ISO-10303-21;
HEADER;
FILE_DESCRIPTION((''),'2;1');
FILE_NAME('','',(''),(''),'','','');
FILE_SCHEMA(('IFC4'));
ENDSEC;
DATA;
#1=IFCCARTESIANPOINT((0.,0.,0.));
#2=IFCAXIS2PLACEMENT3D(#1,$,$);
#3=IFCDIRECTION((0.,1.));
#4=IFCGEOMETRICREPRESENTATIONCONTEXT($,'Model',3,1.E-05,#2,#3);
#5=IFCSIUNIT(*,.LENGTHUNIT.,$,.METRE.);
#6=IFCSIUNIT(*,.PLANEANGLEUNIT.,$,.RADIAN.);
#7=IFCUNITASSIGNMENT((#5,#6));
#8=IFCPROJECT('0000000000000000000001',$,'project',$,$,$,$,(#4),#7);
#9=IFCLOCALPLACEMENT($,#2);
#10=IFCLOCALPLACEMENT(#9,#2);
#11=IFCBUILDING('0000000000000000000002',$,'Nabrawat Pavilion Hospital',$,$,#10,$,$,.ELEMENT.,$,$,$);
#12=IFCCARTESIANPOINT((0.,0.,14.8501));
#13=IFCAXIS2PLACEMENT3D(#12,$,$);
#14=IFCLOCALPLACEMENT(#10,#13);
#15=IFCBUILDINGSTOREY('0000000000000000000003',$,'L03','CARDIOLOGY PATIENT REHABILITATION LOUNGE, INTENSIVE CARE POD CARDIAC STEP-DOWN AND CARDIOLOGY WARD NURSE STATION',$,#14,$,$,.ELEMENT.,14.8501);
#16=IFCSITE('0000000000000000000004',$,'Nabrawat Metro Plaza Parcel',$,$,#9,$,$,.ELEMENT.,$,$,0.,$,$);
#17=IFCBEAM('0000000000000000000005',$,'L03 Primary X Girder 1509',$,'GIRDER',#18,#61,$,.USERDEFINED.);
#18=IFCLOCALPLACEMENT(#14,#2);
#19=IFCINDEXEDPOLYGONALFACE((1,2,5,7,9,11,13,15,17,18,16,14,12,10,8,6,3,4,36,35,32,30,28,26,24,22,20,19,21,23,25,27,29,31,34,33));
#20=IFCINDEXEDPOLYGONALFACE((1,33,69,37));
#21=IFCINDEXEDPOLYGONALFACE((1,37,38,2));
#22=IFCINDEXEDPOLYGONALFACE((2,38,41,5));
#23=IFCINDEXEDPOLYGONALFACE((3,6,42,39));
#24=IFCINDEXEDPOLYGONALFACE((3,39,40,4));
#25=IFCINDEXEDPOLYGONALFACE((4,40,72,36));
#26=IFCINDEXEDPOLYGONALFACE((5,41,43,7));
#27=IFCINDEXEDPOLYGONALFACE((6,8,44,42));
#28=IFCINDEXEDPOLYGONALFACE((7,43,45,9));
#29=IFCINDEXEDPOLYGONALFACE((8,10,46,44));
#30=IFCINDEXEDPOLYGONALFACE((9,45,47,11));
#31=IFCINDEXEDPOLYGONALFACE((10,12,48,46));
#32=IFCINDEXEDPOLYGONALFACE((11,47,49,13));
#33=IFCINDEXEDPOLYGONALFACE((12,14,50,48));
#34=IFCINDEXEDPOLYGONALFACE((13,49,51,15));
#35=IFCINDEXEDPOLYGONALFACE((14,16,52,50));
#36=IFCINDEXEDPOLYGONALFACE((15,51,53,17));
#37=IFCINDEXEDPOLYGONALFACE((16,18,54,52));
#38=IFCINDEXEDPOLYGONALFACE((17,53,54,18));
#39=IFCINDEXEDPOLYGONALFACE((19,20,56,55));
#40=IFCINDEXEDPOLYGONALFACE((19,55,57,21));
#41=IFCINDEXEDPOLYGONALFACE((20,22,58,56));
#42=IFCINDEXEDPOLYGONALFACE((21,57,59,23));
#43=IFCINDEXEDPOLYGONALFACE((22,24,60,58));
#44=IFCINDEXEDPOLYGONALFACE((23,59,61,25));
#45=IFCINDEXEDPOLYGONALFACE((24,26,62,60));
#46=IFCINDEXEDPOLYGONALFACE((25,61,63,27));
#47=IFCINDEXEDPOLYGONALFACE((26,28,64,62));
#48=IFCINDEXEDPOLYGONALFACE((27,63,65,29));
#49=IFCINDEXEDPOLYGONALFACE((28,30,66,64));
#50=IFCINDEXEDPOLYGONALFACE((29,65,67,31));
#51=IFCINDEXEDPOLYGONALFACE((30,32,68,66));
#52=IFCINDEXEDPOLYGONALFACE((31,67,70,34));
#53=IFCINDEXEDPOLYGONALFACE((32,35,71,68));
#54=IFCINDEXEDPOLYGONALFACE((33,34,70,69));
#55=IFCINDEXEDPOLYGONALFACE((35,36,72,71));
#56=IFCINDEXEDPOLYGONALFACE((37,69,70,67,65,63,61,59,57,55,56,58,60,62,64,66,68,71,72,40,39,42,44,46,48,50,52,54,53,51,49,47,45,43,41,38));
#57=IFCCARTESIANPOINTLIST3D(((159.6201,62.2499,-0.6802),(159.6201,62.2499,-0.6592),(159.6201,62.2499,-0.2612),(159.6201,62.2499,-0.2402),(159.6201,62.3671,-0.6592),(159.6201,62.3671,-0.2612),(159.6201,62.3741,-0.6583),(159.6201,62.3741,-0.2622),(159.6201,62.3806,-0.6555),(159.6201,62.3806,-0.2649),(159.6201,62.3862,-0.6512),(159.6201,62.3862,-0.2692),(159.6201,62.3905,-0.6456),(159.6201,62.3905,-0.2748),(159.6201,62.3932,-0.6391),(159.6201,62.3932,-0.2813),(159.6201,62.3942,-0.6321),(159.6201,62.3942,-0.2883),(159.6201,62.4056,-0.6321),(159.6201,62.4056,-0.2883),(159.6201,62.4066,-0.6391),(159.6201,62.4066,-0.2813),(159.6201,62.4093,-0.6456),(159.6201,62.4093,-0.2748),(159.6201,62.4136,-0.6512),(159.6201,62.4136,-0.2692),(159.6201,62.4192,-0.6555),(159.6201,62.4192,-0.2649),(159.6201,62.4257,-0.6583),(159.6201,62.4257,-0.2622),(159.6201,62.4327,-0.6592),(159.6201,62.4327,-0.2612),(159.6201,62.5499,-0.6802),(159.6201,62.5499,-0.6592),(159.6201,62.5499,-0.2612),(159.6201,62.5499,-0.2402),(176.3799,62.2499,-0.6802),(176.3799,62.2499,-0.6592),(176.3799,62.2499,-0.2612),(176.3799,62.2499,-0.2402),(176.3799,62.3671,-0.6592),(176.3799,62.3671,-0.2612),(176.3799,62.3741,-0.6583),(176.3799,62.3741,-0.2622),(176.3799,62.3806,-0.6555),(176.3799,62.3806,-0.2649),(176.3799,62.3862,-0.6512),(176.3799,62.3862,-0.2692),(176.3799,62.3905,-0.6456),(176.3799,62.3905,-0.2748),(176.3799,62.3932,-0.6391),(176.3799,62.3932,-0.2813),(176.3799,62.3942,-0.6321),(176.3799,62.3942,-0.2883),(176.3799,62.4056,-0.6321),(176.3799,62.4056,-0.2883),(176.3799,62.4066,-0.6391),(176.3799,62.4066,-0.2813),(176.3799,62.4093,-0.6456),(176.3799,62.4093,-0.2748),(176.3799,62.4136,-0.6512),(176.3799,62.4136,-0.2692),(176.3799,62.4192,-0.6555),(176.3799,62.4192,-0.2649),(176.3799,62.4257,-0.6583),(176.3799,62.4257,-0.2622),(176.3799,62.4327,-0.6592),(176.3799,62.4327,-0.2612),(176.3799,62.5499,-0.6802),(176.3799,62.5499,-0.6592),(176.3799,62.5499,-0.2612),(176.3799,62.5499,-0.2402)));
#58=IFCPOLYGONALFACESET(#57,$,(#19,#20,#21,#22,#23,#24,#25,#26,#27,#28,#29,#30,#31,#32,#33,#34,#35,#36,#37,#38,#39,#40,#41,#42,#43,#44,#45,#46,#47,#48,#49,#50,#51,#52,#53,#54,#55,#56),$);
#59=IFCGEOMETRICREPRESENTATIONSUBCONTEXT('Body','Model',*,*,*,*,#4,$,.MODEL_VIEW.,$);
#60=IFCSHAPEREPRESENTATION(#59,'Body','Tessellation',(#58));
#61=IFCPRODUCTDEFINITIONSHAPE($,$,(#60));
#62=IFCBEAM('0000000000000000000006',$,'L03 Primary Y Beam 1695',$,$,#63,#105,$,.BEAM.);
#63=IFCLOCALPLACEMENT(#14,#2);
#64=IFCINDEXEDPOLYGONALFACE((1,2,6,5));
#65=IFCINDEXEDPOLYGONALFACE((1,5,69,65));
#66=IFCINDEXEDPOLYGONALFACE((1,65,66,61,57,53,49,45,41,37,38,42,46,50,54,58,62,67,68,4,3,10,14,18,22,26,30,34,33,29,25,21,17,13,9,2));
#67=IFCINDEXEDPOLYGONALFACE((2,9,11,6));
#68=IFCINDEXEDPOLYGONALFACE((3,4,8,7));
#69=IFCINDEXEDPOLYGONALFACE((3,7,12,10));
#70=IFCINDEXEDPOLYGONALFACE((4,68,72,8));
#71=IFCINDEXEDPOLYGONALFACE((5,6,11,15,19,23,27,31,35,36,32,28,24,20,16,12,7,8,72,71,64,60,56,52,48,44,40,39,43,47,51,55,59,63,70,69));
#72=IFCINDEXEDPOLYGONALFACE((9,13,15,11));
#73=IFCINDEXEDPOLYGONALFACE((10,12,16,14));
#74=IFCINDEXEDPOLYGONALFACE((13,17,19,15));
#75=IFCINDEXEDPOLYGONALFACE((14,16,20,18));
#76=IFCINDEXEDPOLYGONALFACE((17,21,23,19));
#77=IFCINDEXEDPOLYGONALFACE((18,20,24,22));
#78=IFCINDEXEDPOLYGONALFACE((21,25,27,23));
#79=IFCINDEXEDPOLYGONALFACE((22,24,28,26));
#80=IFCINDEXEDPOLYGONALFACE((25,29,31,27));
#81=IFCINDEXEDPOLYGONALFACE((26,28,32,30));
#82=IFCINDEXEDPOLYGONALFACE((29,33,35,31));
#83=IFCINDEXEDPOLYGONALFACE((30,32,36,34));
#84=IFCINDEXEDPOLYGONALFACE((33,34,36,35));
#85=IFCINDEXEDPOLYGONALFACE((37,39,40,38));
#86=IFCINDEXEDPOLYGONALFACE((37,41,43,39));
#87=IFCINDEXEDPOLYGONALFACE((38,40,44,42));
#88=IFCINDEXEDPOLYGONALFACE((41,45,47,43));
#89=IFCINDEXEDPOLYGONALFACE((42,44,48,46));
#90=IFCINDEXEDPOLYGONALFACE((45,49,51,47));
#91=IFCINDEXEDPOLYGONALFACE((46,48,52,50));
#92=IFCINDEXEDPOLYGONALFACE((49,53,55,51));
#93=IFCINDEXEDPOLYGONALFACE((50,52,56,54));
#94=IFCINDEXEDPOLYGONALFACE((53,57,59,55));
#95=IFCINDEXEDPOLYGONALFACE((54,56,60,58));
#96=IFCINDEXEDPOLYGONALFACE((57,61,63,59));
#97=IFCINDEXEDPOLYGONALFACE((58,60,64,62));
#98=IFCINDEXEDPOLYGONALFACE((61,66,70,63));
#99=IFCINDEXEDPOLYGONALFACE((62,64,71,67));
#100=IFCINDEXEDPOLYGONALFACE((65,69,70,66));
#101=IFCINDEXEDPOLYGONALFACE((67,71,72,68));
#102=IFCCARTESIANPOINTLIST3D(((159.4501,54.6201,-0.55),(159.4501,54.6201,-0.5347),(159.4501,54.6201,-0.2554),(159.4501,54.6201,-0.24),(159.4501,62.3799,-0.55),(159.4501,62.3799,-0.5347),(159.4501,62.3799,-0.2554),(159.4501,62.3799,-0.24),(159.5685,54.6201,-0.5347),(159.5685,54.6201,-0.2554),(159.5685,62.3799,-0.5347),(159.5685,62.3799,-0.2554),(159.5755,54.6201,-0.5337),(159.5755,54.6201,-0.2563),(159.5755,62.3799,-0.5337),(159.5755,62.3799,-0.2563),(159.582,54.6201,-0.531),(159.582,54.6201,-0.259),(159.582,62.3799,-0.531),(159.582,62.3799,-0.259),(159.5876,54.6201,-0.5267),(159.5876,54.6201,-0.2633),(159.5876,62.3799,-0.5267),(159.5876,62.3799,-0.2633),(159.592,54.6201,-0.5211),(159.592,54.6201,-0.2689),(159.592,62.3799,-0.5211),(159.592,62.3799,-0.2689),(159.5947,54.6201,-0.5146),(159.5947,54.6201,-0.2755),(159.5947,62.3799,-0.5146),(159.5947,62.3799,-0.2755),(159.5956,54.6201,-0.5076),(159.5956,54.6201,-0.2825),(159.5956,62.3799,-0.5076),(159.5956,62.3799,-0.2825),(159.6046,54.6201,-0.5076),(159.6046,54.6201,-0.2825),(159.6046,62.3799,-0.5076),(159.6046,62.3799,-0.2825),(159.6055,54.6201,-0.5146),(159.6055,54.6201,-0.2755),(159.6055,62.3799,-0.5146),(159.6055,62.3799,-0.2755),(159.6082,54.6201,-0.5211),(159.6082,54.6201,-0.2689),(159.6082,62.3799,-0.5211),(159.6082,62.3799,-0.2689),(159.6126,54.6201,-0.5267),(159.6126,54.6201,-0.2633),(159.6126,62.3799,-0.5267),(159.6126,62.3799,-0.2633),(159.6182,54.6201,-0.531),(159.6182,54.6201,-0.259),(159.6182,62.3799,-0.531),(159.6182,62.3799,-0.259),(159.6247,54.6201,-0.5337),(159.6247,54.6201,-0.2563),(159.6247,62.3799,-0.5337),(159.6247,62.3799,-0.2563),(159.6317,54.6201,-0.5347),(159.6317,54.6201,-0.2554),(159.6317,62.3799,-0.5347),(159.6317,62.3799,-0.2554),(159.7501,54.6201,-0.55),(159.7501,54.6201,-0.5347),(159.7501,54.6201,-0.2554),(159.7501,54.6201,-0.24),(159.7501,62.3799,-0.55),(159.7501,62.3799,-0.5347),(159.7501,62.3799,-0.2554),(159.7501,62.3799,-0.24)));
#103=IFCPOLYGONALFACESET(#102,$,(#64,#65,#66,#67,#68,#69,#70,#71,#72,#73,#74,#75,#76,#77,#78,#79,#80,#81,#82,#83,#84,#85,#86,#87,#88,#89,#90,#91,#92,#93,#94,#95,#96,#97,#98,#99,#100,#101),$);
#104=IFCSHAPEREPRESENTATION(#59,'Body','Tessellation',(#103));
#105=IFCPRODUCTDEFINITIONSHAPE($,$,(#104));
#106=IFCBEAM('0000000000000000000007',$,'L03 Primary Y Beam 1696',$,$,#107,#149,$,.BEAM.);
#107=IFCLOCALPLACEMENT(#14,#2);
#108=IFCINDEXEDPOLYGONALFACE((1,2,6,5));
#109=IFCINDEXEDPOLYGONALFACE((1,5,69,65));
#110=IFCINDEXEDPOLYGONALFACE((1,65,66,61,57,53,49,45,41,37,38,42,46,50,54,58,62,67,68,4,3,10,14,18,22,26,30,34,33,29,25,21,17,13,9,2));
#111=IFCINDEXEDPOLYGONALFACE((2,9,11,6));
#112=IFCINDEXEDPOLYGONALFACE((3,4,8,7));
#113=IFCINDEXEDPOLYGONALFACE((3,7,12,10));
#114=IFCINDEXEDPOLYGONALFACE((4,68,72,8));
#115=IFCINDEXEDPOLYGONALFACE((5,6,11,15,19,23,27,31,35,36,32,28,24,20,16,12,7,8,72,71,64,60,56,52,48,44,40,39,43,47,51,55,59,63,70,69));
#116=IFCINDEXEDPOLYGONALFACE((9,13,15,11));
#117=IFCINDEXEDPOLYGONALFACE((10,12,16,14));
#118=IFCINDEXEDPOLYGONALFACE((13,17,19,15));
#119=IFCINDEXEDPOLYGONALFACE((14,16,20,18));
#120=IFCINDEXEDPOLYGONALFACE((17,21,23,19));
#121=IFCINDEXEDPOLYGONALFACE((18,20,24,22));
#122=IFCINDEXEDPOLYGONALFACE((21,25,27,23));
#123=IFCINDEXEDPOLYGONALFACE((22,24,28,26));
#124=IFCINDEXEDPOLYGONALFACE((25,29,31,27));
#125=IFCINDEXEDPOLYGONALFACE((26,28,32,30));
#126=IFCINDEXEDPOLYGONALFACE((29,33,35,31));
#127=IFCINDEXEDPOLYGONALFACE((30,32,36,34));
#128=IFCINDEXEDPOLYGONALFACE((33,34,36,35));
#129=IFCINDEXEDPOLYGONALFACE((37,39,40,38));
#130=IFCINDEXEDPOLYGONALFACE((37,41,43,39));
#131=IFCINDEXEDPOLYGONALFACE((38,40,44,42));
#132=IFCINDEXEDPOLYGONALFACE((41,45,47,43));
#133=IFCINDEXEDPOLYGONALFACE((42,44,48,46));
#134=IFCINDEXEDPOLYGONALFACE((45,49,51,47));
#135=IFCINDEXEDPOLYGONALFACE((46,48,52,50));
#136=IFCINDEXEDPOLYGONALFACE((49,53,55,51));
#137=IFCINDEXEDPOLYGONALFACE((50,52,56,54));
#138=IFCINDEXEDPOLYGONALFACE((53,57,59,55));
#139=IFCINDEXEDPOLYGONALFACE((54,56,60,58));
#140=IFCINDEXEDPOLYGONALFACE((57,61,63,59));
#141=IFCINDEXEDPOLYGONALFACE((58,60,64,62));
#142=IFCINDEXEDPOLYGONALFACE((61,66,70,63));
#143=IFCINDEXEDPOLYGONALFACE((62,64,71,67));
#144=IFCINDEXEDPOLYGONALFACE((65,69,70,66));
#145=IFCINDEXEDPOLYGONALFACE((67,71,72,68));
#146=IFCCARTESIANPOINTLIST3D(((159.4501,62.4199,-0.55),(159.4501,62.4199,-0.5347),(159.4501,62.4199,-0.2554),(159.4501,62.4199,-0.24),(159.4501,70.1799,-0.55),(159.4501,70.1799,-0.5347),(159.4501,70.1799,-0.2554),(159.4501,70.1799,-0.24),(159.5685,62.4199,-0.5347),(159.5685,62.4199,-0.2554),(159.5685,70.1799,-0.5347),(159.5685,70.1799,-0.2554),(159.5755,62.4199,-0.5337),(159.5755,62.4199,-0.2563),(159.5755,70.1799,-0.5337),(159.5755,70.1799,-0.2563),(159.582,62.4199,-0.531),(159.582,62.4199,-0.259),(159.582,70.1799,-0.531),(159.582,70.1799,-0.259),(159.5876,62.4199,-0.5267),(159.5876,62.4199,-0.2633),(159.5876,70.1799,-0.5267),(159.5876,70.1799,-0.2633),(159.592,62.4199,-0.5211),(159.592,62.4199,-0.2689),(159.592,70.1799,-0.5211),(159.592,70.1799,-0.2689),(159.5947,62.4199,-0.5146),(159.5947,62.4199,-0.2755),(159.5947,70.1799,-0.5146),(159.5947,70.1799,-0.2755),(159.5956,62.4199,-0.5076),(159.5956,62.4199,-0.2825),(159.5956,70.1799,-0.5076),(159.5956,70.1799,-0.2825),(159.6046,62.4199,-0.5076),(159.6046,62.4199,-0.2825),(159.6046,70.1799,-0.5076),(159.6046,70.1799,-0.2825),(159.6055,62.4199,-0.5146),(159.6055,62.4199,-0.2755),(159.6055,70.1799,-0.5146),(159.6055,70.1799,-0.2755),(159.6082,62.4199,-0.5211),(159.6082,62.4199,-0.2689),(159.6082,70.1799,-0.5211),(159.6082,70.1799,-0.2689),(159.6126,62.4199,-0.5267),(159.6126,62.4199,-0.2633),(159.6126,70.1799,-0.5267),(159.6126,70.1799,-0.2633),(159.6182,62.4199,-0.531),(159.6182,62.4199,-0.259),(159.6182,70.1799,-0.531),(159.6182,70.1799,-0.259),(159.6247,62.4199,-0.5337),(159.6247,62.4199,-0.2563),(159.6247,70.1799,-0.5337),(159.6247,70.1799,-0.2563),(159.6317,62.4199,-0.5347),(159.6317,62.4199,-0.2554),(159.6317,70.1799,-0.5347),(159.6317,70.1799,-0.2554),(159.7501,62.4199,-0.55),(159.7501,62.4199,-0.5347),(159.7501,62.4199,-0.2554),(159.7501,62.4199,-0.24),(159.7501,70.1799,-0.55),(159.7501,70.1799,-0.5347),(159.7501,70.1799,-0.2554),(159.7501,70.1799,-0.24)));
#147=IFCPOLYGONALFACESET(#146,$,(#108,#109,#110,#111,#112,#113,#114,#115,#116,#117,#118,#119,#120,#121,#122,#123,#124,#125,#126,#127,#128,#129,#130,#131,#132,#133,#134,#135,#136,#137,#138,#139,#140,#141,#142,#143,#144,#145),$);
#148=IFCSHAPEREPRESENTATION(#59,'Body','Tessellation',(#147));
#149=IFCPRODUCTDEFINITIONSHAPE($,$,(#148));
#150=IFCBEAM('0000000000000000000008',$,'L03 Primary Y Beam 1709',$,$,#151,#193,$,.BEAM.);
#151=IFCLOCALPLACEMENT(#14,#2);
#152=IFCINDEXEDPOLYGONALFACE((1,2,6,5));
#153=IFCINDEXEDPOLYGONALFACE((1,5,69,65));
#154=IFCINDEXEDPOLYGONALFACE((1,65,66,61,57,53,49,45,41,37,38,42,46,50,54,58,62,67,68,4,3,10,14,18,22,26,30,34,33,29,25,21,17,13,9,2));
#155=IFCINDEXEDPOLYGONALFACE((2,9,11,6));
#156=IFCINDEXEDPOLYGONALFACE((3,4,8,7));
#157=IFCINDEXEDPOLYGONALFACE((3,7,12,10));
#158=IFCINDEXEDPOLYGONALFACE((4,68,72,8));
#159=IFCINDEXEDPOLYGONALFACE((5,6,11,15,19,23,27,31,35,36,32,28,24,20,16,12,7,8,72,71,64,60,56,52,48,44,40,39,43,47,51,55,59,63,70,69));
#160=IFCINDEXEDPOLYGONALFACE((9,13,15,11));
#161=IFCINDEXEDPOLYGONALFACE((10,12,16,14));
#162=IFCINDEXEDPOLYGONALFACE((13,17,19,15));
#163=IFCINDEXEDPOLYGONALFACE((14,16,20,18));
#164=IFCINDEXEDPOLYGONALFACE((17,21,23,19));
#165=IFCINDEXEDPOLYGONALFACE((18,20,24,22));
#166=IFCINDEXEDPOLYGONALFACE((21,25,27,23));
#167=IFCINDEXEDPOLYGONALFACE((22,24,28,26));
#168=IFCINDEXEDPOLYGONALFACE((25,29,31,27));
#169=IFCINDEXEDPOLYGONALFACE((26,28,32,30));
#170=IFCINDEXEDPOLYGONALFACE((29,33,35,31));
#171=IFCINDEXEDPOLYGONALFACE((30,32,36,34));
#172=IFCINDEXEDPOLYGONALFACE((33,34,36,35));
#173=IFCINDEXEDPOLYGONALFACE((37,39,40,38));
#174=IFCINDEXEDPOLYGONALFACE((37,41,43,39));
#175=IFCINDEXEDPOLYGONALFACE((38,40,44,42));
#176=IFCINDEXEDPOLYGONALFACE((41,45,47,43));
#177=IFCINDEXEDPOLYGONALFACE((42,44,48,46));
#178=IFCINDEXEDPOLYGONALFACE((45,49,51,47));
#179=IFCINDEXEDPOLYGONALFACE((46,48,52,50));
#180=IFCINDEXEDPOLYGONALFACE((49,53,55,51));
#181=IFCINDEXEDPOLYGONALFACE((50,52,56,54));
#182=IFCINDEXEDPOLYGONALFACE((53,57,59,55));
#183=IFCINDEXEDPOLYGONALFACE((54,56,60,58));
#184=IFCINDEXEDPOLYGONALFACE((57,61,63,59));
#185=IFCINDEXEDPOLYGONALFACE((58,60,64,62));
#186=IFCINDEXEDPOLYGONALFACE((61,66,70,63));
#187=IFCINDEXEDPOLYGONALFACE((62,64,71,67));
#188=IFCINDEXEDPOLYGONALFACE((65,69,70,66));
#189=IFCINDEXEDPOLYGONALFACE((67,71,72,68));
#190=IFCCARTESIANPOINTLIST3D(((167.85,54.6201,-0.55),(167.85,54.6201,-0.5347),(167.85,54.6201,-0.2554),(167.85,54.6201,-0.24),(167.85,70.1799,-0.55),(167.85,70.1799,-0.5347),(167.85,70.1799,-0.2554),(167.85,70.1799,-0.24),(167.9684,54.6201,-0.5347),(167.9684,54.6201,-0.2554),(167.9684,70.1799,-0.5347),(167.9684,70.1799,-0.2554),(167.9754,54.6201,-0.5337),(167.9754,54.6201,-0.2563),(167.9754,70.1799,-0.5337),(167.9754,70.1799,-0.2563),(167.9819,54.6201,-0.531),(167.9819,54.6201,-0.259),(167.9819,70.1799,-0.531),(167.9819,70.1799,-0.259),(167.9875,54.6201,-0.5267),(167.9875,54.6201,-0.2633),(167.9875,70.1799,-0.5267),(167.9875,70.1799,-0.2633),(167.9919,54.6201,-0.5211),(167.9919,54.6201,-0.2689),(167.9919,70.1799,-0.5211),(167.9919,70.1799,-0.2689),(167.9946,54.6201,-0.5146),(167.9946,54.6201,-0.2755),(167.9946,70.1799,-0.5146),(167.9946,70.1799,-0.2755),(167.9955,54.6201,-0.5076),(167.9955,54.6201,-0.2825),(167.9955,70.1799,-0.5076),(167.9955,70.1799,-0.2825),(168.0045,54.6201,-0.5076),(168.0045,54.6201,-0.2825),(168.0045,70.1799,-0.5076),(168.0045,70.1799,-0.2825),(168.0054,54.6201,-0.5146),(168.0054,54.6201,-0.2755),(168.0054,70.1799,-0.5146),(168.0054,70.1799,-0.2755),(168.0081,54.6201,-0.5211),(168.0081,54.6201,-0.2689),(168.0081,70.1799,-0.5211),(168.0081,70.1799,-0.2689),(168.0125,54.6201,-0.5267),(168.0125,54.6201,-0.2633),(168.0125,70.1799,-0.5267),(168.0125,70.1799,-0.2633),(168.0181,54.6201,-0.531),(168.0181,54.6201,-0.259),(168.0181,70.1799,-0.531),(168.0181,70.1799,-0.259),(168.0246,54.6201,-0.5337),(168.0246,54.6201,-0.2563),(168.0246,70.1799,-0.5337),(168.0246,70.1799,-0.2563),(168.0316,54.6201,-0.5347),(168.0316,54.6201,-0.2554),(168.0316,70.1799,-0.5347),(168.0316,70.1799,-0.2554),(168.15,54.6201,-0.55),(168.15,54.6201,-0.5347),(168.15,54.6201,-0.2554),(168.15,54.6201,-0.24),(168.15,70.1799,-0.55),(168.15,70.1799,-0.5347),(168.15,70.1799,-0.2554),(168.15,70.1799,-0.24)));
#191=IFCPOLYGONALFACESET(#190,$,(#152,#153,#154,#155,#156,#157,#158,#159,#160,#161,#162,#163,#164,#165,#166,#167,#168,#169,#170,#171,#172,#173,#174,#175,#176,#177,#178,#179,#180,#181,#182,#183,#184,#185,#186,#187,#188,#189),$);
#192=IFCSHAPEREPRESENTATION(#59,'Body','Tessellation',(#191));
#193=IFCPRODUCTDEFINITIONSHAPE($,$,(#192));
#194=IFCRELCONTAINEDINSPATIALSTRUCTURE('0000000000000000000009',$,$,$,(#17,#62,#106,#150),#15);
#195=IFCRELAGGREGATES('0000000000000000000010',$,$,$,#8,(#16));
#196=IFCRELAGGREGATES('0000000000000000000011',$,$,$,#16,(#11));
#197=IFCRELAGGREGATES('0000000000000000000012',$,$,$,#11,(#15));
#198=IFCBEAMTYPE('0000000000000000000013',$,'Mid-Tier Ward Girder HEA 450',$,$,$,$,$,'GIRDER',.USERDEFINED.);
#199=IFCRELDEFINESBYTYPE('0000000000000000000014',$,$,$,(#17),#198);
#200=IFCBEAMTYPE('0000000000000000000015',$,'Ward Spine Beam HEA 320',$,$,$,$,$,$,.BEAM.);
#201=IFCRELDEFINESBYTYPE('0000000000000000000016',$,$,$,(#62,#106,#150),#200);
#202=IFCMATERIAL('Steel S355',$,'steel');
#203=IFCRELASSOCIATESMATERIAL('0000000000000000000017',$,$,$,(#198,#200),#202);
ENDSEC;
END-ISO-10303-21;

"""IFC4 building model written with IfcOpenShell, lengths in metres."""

from ifc_helpers import new_model, si_unit, direction, frame, origin, origin_2d, place, context, subcontext, project, spatial, i_section, extrude, material, material_profile, profile_set, type_object, element, save


model = new_model("IFC4")

# Units and contexts
model_context = context("Model", 3, precision=1e-05, world=origin(), true_north=direction((0.0, 1.0)))
body_context = subcontext(model_context, "Body", "Model", "MODEL_VIEW")
ifc_project = project(units=[si_unit("LENGTHUNIT", "METRE"), si_unit("PLANEANGLEUNIT", "RADIAN")], contexts=[model_context])

# Site, building, storey
site_placement = place(None, origin())
site = spatial("IfcSite", under=ifc_project, at=site_placement, Name="Nabrawat Metro Plaza Parcel", CompositionType="ELEMENT", RefElevation=0.0)
building_placement = place(site_placement, origin())
building = spatial("IfcBuilding", under=site, at=building_placement, Name="Nabrawat Pavilion Hospital", CompositionType="ELEMENT")
storey_placement = place(building_placement, frame((0.0, 0.0, 14.8501)))
storey = spatial("IfcBuildingStorey", under=building, at=storey_placement, Name="L03", Description="CARDIOLOGY PATIENT REHABILITATION LOUNGE, INTENSIVE CARE POD CARDIAC STEP-DOWN AND CARDIOLOGY WARD NURSE STATION", CompositionType="ELEMENT", Elevation=14.8501)

# Shared definitions
ifc_material_1 = material(Name="Steel S355", Category="steel")

# Beams
ifc_material_profile_1 = material_profile(ifc_material_1, i_section(OverallWidth=0.3, OverallDepth=0.4399, WebThickness=0.0115, FlangeThickness=0.021, FilletRadius=0.0271, at=origin_2d()), Name="HEA 450")
ifc_profile_set_1 = profile_set([ifc_material_profile_1], Name="Steel S355")
beam_type_1 = type_object("IfcBeamType", Name="Mid-Tier Ward Girder HEA 450", ElementType="GIRDER", PredefinedType="USERDEFINED", material=ifc_profile_set_1)
beam_1_placement = place(storey_placement, frame((159.6201, 62.3999, -0.4602), z_axis=(1.0, 0.0, 0.0), x_axis=(0.0, 1.0, 0.0)))
element("IfcBeam", 1, at=beam_1_placement, inside=storey, type_object=beam_type_1, Name="L03 Primary X Girder 1509", ObjectType="GIRDER", PredefinedType="USERDEFINED", context=body_context, shape_type="SweptSolid", body=[
    extrude(i_section(OverallWidth=0.3, OverallDepth=0.4399, WebThickness=0.0115, FlangeThickness=0.021, FilletRadius=0.0271, at=origin_2d()), origin(), (0.0, 0.0, 1.0), 16.7598),
])
ifc_material_profile_2 = material_profile(ifc_material_1, i_section(OverallWidth=0.3, OverallDepth=0.3101, WebThickness=0.009, FlangeThickness=0.0154, FilletRadius=0.0271, at=origin_2d()), Name="HEA 320")
ifc_profile_set_2 = profile_set([ifc_material_profile_2], Name="Steel S355")
beam_type_2 = type_object("IfcBeamType", Name="Ward Spine Beam HEA 320", PredefinedType="BEAM", material=ifc_profile_set_2)
beam_2_placement = place(storey_placement, frame((159.6001, 54.6201, -0.395), z_axis=(0.0, 1.0, 0.0), x_axis=(-1.0, 0.0, 0.0)))
element("IfcBeam", 2, at=beam_2_placement, inside=storey, type_object=beam_type_2, Name="L03 Primary Y Beam 1695", PredefinedType="BEAM", context=body_context, shape_type="SweptSolid", body=[
    extrude(i_section(OverallWidth=0.3, OverallDepth=0.3101, WebThickness=0.009, FlangeThickness=0.0154, FilletRadius=0.0271, at=origin_2d()), origin(), (0.0, 0.0, 1.0), 7.7598),
])
beam_3_placement = place(storey_placement, frame((159.6001, 62.4199, -0.395), z_axis=(0.0, 1.0, 0.0), x_axis=(-1.0, 0.0, 0.0)))
element("IfcBeam", 3, at=beam_3_placement, inside=storey, type_object=beam_type_2, Name="L03 Primary Y Beam 1696", PredefinedType="BEAM", context=body_context, shape_type="SweptSolid", body=[
    extrude(i_section(OverallWidth=0.3, OverallDepth=0.3101, WebThickness=0.009, FlangeThickness=0.0154, FilletRadius=0.0271, at=origin_2d()), origin(), (0.0, 0.0, 1.0), 7.76),
])
beam_4_placement = place(storey_placement, frame((168.0, 54.6201, -0.395), z_axis=(0.0, 1.0, 0.0), x_axis=(-1.0, 0.0, 0.0)))
element("IfcBeam", 4, at=beam_4_placement, inside=storey, type_object=beam_type_2, Name="L03 Primary Y Beam 1709", PredefinedType="BEAM", context=body_context, shape_type="SweptSolid", body=[
    extrude(i_section(OverallWidth=0.3, OverallDepth=0.3101, WebThickness=0.009, FlangeThickness=0.0154, FilletRadius=0.0271, at=origin_2d()), origin(), (0.0, 0.0, 1.0), 15.5598),
])

save(model, "model.ifc")
